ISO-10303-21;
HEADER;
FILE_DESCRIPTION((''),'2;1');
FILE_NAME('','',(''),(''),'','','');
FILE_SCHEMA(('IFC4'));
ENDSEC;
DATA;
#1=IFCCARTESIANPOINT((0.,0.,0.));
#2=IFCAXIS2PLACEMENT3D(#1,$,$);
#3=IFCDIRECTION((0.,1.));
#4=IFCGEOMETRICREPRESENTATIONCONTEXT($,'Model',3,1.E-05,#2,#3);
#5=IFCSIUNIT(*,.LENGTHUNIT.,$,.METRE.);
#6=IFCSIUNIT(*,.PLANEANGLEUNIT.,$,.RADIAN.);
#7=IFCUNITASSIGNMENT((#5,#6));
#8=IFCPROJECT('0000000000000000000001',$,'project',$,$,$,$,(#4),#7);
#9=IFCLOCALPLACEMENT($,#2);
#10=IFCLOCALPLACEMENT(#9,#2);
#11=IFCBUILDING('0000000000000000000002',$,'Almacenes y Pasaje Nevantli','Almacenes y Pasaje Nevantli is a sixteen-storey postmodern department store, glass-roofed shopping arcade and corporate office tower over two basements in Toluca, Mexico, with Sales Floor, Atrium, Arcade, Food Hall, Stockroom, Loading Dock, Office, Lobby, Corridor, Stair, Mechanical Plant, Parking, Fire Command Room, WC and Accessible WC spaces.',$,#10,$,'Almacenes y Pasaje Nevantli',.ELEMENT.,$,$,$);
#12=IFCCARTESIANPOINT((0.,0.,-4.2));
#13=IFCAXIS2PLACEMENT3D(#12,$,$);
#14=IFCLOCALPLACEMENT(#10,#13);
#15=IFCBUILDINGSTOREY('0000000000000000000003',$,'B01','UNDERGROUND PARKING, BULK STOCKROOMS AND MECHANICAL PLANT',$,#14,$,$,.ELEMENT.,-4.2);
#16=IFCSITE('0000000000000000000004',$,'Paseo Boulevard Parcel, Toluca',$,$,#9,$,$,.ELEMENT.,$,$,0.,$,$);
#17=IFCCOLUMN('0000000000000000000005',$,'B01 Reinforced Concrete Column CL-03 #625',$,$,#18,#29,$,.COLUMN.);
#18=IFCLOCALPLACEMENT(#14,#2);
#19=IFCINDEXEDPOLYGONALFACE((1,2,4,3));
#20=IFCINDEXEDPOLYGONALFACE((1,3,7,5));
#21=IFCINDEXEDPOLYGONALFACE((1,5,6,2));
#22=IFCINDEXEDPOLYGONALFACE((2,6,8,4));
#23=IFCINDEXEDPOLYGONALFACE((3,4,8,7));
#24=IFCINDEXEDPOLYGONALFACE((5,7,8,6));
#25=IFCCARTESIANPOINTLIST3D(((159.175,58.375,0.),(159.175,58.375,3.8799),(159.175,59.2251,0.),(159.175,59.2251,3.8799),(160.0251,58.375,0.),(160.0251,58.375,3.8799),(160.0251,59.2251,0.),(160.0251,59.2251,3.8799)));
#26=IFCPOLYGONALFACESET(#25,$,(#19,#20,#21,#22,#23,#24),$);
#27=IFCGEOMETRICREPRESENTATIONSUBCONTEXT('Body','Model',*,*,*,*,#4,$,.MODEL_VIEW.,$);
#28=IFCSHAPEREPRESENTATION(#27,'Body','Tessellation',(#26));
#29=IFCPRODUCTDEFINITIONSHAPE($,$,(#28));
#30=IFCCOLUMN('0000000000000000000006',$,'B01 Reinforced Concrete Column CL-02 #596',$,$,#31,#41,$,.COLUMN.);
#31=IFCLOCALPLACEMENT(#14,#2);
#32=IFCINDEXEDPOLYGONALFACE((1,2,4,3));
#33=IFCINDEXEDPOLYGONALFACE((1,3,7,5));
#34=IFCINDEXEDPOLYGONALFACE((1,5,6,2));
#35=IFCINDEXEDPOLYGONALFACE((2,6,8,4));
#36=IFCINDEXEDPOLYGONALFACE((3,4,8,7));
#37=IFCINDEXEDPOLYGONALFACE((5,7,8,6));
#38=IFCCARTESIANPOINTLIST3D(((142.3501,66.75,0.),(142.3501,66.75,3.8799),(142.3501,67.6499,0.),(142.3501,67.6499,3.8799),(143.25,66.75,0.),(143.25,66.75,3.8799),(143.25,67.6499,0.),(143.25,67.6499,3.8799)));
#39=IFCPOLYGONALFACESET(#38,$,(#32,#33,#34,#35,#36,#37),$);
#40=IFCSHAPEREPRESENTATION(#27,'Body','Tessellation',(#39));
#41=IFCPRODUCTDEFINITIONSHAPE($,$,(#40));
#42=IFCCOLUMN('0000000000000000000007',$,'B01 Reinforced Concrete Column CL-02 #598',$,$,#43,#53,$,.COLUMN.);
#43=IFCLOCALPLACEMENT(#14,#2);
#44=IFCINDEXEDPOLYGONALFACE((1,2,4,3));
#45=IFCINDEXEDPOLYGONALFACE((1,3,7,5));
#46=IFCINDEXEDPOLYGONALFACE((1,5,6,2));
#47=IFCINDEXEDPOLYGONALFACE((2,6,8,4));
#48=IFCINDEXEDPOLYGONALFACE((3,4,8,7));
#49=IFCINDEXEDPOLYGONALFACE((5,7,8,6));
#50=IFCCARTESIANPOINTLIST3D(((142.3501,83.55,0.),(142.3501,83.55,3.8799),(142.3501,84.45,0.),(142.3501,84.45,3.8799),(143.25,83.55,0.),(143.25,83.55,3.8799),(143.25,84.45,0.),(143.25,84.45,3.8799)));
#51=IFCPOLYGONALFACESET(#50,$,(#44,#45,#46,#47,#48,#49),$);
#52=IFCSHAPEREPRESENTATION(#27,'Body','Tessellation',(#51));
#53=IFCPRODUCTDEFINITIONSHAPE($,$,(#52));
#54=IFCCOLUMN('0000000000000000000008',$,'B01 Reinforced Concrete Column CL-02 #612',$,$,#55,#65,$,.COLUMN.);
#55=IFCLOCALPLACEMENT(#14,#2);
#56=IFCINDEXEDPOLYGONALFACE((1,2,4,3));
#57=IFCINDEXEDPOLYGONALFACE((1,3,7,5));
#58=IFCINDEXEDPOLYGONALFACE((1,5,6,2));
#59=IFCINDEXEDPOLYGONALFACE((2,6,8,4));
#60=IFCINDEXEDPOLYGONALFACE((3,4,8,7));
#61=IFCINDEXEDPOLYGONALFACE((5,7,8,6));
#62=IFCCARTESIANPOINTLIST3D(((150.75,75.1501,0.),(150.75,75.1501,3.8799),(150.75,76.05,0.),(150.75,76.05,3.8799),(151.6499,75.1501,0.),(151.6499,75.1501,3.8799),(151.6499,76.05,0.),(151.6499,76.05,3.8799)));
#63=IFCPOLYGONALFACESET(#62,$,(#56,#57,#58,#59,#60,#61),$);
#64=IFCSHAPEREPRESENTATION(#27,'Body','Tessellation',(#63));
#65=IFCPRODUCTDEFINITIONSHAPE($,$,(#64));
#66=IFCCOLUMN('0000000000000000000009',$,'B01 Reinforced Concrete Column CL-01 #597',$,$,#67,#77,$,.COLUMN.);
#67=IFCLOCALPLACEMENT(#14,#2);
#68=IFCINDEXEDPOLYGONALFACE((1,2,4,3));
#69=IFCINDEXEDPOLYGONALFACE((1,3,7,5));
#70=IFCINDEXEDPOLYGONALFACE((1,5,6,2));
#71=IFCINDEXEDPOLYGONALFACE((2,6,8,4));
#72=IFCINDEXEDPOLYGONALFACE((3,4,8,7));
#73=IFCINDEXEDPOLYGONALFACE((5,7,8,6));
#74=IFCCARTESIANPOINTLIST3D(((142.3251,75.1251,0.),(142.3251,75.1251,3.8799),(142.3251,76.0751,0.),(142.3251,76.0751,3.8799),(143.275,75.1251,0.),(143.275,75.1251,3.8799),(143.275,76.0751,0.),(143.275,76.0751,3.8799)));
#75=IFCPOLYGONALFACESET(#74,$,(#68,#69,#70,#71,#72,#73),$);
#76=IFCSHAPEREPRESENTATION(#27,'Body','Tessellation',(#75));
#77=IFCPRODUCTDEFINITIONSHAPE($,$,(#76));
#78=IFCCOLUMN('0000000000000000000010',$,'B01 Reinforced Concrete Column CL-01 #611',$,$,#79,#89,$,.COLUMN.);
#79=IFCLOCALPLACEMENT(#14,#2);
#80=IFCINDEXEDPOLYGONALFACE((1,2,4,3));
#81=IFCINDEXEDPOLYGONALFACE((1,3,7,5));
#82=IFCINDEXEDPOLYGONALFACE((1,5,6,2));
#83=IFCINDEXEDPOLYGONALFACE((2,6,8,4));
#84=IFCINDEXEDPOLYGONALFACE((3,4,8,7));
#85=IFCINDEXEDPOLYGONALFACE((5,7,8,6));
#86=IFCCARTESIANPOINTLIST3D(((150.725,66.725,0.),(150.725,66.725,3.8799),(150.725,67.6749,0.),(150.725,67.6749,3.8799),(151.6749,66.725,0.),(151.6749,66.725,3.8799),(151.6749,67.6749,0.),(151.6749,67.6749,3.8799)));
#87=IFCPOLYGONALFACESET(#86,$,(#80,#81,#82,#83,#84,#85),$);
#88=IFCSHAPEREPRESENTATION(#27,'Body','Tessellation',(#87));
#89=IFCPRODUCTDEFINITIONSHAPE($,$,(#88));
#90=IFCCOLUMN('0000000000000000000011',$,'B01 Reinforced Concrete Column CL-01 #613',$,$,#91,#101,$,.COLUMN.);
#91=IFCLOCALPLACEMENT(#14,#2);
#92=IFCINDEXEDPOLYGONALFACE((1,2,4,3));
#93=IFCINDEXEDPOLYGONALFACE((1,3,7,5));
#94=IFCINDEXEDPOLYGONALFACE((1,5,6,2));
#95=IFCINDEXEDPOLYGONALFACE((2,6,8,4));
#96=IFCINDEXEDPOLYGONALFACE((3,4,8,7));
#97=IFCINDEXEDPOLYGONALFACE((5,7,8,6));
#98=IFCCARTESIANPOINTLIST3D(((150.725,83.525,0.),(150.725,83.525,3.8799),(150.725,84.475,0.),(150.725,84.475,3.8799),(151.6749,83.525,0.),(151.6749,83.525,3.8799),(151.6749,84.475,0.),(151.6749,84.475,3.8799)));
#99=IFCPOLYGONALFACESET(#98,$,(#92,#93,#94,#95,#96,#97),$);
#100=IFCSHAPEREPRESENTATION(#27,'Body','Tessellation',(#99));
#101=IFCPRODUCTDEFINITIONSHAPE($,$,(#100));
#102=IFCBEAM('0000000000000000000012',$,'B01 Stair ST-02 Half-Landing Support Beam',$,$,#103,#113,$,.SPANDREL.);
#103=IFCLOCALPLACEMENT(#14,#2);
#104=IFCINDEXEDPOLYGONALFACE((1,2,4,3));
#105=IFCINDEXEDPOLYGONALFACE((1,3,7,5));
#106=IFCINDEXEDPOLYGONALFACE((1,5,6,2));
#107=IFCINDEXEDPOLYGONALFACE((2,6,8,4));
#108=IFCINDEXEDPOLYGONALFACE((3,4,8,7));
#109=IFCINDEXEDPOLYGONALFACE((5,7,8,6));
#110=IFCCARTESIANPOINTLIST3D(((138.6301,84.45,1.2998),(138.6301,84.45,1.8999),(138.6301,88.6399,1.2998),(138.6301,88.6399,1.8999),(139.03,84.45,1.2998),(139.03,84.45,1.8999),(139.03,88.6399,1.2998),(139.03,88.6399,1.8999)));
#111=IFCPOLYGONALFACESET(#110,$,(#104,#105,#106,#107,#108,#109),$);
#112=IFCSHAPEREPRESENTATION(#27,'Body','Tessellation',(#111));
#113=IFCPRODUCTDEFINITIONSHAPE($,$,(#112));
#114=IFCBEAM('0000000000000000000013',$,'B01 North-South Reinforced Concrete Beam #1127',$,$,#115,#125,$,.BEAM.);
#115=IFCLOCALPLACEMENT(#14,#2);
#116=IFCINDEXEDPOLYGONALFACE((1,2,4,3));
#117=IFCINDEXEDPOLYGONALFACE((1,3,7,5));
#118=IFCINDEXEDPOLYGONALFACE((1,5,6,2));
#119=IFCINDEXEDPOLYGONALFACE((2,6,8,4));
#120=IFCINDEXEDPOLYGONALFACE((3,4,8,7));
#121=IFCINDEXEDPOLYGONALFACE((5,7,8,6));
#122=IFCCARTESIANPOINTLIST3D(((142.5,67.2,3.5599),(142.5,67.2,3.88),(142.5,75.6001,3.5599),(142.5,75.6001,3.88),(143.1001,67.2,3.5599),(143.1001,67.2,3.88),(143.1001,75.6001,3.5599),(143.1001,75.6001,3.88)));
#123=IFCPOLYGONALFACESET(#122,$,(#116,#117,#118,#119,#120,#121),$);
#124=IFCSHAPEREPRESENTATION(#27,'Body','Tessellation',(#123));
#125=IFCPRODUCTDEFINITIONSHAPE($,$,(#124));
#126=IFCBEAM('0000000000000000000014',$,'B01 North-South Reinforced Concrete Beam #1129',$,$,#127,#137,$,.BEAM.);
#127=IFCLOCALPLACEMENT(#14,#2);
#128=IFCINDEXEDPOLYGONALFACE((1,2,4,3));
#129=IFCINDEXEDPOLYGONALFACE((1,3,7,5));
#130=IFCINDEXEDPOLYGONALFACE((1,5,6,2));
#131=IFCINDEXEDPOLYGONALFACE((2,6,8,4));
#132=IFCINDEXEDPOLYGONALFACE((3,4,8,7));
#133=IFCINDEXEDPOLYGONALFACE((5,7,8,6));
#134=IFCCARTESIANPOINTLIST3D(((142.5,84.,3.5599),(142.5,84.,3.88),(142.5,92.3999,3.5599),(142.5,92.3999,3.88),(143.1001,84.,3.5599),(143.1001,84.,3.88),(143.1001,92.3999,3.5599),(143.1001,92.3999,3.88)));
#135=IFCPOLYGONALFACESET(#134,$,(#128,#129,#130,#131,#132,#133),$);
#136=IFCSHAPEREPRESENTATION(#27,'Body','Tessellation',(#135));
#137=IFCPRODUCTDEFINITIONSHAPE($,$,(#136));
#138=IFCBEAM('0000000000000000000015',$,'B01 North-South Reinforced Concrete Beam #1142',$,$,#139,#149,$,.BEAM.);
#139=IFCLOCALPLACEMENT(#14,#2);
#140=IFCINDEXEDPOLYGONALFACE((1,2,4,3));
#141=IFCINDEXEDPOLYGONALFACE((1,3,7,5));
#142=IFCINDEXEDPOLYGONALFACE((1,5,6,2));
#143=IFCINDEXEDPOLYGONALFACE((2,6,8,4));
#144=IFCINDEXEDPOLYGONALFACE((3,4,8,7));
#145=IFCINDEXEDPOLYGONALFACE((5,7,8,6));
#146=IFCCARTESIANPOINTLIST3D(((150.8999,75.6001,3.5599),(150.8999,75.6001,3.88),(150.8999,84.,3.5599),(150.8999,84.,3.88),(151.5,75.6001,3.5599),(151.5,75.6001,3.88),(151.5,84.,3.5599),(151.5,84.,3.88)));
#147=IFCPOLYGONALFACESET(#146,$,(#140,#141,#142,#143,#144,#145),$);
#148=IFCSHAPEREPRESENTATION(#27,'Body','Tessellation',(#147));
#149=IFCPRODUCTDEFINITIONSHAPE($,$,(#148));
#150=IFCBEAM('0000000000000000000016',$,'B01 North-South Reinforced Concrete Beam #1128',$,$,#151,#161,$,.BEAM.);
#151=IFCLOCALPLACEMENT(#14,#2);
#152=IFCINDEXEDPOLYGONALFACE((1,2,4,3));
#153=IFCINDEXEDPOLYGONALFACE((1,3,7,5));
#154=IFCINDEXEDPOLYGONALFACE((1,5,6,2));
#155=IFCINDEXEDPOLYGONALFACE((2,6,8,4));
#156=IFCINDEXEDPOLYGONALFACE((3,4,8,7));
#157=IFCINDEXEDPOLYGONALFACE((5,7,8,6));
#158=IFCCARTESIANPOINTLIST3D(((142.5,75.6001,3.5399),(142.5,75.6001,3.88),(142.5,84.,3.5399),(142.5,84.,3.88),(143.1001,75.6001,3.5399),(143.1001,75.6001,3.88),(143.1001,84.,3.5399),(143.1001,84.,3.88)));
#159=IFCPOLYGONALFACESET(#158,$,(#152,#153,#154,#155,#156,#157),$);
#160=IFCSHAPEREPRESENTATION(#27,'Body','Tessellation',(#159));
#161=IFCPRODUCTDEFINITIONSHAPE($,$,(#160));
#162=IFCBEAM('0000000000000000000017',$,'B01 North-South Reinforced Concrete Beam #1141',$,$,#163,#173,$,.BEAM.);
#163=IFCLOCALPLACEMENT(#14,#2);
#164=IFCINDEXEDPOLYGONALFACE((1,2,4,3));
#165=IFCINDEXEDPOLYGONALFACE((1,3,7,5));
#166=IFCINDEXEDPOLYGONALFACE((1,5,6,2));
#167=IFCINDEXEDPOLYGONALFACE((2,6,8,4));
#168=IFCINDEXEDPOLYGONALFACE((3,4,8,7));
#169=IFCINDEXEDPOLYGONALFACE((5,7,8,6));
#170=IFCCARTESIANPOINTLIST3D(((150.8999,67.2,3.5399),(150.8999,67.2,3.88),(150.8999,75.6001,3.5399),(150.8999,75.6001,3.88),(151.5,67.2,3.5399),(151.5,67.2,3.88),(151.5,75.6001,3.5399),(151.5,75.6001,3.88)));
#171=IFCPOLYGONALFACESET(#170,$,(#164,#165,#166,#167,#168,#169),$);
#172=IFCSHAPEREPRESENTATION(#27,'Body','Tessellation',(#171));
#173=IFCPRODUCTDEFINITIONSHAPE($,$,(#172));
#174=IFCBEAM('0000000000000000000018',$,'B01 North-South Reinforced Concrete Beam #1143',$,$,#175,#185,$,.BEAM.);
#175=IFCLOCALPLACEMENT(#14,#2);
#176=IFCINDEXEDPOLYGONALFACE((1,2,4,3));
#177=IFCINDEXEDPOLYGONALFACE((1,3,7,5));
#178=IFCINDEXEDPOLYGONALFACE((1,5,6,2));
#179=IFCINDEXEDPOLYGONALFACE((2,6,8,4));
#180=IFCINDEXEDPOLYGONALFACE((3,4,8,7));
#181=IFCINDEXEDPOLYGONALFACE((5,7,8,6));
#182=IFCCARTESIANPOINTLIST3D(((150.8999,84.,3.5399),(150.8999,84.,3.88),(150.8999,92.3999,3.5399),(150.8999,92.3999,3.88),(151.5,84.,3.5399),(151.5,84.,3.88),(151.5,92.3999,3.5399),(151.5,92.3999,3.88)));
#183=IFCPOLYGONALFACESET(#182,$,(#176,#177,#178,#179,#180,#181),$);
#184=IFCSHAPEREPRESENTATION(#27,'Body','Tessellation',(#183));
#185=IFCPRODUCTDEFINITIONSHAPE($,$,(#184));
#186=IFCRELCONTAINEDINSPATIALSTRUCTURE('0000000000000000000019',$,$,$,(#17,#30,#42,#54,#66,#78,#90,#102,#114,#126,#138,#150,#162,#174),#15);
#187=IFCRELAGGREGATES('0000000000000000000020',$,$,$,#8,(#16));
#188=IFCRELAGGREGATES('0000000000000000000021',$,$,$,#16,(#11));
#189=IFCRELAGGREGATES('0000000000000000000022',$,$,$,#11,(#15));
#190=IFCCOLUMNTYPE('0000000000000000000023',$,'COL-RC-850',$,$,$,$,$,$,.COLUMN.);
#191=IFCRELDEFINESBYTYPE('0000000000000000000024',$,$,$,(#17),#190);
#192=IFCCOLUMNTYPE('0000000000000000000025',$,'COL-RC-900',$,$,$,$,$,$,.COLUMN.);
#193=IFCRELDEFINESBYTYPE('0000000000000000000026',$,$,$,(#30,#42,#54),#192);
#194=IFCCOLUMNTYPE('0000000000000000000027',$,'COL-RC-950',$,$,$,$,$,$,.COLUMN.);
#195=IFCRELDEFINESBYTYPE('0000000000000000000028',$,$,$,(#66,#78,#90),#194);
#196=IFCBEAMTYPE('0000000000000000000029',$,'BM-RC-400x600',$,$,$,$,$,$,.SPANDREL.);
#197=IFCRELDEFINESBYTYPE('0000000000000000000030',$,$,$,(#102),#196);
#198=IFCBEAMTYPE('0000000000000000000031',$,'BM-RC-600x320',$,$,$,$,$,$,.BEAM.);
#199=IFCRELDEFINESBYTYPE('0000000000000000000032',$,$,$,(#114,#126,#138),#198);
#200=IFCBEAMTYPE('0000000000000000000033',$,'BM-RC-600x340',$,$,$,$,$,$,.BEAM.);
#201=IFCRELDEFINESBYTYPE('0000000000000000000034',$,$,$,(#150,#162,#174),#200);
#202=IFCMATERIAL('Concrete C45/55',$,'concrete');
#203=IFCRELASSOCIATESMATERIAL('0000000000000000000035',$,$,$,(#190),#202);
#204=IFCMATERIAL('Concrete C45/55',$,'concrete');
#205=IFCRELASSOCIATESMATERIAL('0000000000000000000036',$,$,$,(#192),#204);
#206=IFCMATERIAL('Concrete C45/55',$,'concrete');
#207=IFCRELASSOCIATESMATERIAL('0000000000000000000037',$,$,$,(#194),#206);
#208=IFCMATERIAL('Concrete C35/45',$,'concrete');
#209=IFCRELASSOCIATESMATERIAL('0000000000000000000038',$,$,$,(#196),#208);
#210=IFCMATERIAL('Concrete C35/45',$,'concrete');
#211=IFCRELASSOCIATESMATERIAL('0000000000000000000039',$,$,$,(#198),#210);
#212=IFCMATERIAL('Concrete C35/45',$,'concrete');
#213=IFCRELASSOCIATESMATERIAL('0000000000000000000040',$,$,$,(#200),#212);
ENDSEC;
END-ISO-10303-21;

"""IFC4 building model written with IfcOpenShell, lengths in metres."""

from ifc_helpers import new_model, si_unit, direction, frame, origin, origin_2d, place, context, subcontext, project, spatial, rectangle, extrude, material, material_profile, profile_set, type_object, element, save


model = new_model("IFC4")

# Units and contexts
model_context = context("Model", 3, precision=1e-05, world=origin(), true_north=direction((0.0, 1.0)))
body_context = subcontext(model_context, "Body", "Model", "MODEL_VIEW")
ifc_project = project(units=[si_unit("LENGTHUNIT", "METRE"), si_unit("PLANEANGLEUNIT", "RADIAN")], contexts=[model_context])

# Site, building, storey
site_placement = place(None, origin())
site = spatial("IfcSite", under=ifc_project, at=site_placement, Name="Paseo Boulevard Parcel, Toluca", CompositionType="ELEMENT", RefElevation=0.0)
building_placement = place(site_placement, origin())
building = spatial("IfcBuilding", under=site, at=building_placement, Name="Almacenes y Pasaje Nevantli", Description="Almacenes y Pasaje Nevantli is a sixteen-storey postmodern department store, glass-roofed shopping arcade and corporate office tower over two basements in Toluca, Mexico, with Sales Floor, Atrium, Arcade, Food Hall, Stockroom, Loading Dock, Office, Lobby, Corridor, Stair, Mechanical Plant, Parking, Fire Command Room, WC and Accessible WC spaces.", LongName="Almacenes y Pasaje Nevantli", CompositionType="ELEMENT")
storey_placement = place(building_placement, frame((0.0, 0.0, -4.2)))
storey = spatial("IfcBuildingStorey", under=building, at=storey_placement, Name="B01", Description="UNDERGROUND PARKING, BULK STOCKROOMS AND MECHANICAL PLANT", CompositionType="ELEMENT", Elevation=-4.2)

# Columns
ifc_material_1 = material(Name="Concrete C45/55", Category="concrete")
ifc_material_profile_1 = material_profile(ifc_material_1, rectangle(XDim=0.8501, YDim=0.8501, at=origin_2d()), Name="RC-COL-850x850")
ifc_profile_set_1 = profile_set([ifc_material_profile_1], Name="Concrete C45/55")
column_type_1 = type_object("IfcColumnType", Name="COL-RC-850", PredefinedType="COLUMN", material=ifc_profile_set_1)
column_placement = place(storey_placement, frame((159.6001, 58.8, 0.0), z_axis=(0.0, 0.0, 1.0), x_axis=(1.0, 0.0, 0.0)))
element("IfcColumn", 1, at=column_placement, inside=storey, type_object=column_type_1, Name="B01 Reinforced Concrete Column CL-03 #625", PredefinedType="COLUMN", context=body_context, shape_type="SweptSolid", body=[
    extrude(rectangle(XDim=0.8501, YDim=0.8501, at=origin_2d()), origin(), (0.0, 0.0, 1.0), 3.8799),
])
ifc_material_2 = material(Name="Concrete C45/55", Category="concrete")
ifc_material_profile_2 = material_profile(ifc_material_2, rectangle(XDim=0.8999, YDim=0.8999, at=origin_2d()), Name="RC-COL-900x900")
ifc_profile_set_2 = profile_set([ifc_material_profile_2], Name="Concrete C45/55")
column_type_2 = type_object("IfcColumnType", Name="COL-RC-900", PredefinedType="COLUMN", material=ifc_profile_set_2)
for number, where, z_axis, x_axis, name in (
    (2, (142.8, 67.2, 0.0), (0.0, 0.0, 1.0), (1.0, 0.0, 0.0), "B01 Reinforced Concrete Column CL-02 #596"),
    (3, (142.8, 84.0, 0.0), (0.0, 0.0, 1.0), (1.0, 0.0, 0.0), "B01 Reinforced Concrete Column CL-02 #598"),
    (4, (151.2, 75.6001, 0.0), (0.0, 0.0, 1.0), (1.0, 0.0, 0.0), "B01 Reinforced Concrete Column CL-02 #612"),
):
    element("IfcColumn", number, at=place(storey_placement, frame(where, z_axis=z_axis, x_axis=x_axis)), inside=storey, type_object=column_type_2, Name=name, PredefinedType="COLUMN", context=body_context, shape_type="SweptSolid", body=[
        extrude(rectangle(XDim=0.8999, YDim=0.8999, at=origin_2d()), origin(), (0.0, 0.0, 1.0), 3.8799),
    ])
ifc_material_3 = material(Name="Concrete C45/55", Category="concrete")
ifc_material_profile_3 = material_profile(ifc_material_3, rectangle(XDim=0.95, YDim=0.95, at=origin_2d()), Name="RC-COL-950x950")
ifc_profile_set_3 = profile_set([ifc_material_profile_3], Name="Concrete C45/55")
column_type_3 = type_object("IfcColumnType", Name="COL-RC-950", PredefinedType="COLUMN", material=ifc_profile_set_3)
for number, where, z_axis, x_axis, name in (
    (5, (142.8, 75.6001, 0.0), (0.0, 0.0, 1.0), (1.0, 0.0, 0.0), "B01 Reinforced Concrete Column CL-01 #597"),
    (6, (151.2, 67.2, 0.0), (0.0, 0.0, 1.0), (1.0, 0.0, 0.0), "B01 Reinforced Concrete Column CL-01 #611"),
    (7, (151.2, 84.0, 0.0), (0.0, 0.0, 1.0), (1.0, 0.0, 0.0), "B01 Reinforced Concrete Column CL-01 #613"),
):
    element("IfcColumn", number, at=place(storey_placement, frame(where, z_axis=z_axis, x_axis=x_axis)), inside=storey, type_object=column_type_3, Name=name, PredefinedType="COLUMN", context=body_context, shape_type="SweptSolid", body=[
        extrude(rectangle(XDim=0.95, YDim=0.95, at=origin_2d()), origin(), (0.0, 0.0, 1.0), 3.8799),
    ])

# Beams
ifc_material_4 = material(Name="Concrete C35/45", Category="concrete")
ifc_material_profile_4 = material_profile(ifc_material_4, rectangle(XDim=0.3999, YDim=0.6001, at=origin_2d()), Name="RC-BM-400x600")
ifc_profile_set_4 = profile_set([ifc_material_profile_4], Name="Concrete C35/45")
beam_type_1 = type_object("IfcBeamType", Name="BM-RC-400x600", PredefinedType="SPANDREL", material=ifc_profile_set_4)
beam_1_placement = place(storey_placement, frame((138.8301, 84.45, 1.5999), z_axis=(0.0, 1.0, 0.0), x_axis=(-1.0, 0.0, 0.0)))
element("IfcBeam", 8, at=beam_1_placement, inside=storey, type_object=beam_type_1, Name="B01 Stair ST-02 Half-Landing Support Beam", PredefinedType="SPANDREL", context=body_context, shape_type="SweptSolid", body=[
    extrude(rectangle(XDim=0.3999, YDim=0.6001, at=origin_2d()), origin(), (0.0, 0.0, 1.0), 4.1899),
])
ifc_material_5 = material(Name="Concrete C35/45", Category="concrete")
ifc_material_profile_5 = material_profile(ifc_material_5, rectangle(XDim=0.6001, YDim=0.3201, at=origin_2d()), Name="RC-BM-600x320")
ifc_profile_set_5 = profile_set([ifc_material_profile_5], Name="Concrete C35/45")
beam_type_2 = type_object("IfcBeamType", Name="BM-RC-600x320", PredefinedType="BEAM", material=ifc_profile_set_5)
beam_2_placement = place(storey_placement, frame((142.8, 67.2, 3.72), z_axis=(0.0, 1.0, 0.0), x_axis=(-1.0, 0.0, 0.0)))
element("IfcBeam", 9, at=beam_2_placement, inside=storey, type_object=beam_type_2, Name="B01 North-South Reinforced Concrete Beam #1127", PredefinedType="BEAM", context=body_context, shape_type="SweptSolid", body=[
    extrude(rectangle(XDim=0.6001, YDim=0.3201, at=origin_2d()), origin(), (0.0, 0.0, 1.0), 8.4001),
])
for number, where, z_axis, x_axis, name in (
    (10, (142.8, 84.0, 3.72), (0.0, 1.0, 0.0), (-1.0, 0.0, 0.0), "B01 North-South Reinforced Concrete Beam #1129"),
    (11, (151.2, 75.6001, 3.72), (0.0, 1.0, 0.0), (-1.0, 0.0, 0.0), "B01 North-South Reinforced Concrete Beam #1142"),
):
    element("IfcBeam", number, at=place(storey_placement, frame(where, z_axis=z_axis, x_axis=x_axis)), inside=storey, type_object=beam_type_2, Name=name, PredefinedType="BEAM", context=body_context, shape_type="SweptSolid", body=[
        extrude(rectangle(XDim=0.6001, YDim=0.3201, at=origin_2d()), origin(), (0.0, 0.0, 1.0), 8.3999),
    ])
ifc_material_6 = material(Name="Concrete C35/45", Category="concrete")
ifc_material_profile_6 = material_profile(ifc_material_6, rectangle(XDim=0.6001, YDim=0.3401, at=origin_2d()), Name="RC-BM-600x340")
ifc_profile_set_6 = profile_set([ifc_material_profile_6], Name="Concrete C35/45")
beam_type_3 = type_object("IfcBeamType", Name="BM-RC-600x340", PredefinedType="BEAM", material=ifc_profile_set_6)
beam_3_placement = place(storey_placement, frame((142.8, 75.6001, 3.71), z_axis=(0.0, 1.0, 0.0), x_axis=(-1.0, 0.0, 0.0)))
element("IfcBeam", 12, at=beam_3_placement, inside=storey, type_object=beam_type_3, Name="B01 North-South Reinforced Concrete Beam #1128", PredefinedType="BEAM", context=body_context, shape_type="SweptSolid", body=[
    extrude(rectangle(XDim=0.6001, YDim=0.3401, at=origin_2d()), origin(), (0.0, 0.0, 1.0), 8.3999),
])
beam_4_placement = place(storey_placement, frame((151.2, 67.2, 3.71), z_axis=(0.0, 1.0, 0.0), x_axis=(-1.0, 0.0, 0.0)))
element("IfcBeam", 13, at=beam_4_placement, inside=storey, type_object=beam_type_3, Name="B01 North-South Reinforced Concrete Beam #1141", PredefinedType="BEAM", context=body_context, shape_type="SweptSolid", body=[
    extrude(rectangle(XDim=0.6001, YDim=0.3401, at=origin_2d()), origin(), (0.0, 0.0, 1.0), 8.4001),
])
beam_5_placement = place(storey_placement, frame((151.2, 84.0, 3.71), z_axis=(0.0, 1.0, 0.0), x_axis=(-1.0, 0.0, 0.0)))
element("IfcBeam", 14, at=beam_5_placement, inside=storey, type_object=beam_type_3, Name="B01 North-South Reinforced Concrete Beam #1143", PredefinedType="BEAM", context=body_context, shape_type="SweptSolid", body=[
    extrude(rectangle(XDim=0.6001, YDim=0.3401, at=origin_2d()), origin(), (0.0, 0.0, 1.0), 8.3999),
])

save(model, "model.ifc")
